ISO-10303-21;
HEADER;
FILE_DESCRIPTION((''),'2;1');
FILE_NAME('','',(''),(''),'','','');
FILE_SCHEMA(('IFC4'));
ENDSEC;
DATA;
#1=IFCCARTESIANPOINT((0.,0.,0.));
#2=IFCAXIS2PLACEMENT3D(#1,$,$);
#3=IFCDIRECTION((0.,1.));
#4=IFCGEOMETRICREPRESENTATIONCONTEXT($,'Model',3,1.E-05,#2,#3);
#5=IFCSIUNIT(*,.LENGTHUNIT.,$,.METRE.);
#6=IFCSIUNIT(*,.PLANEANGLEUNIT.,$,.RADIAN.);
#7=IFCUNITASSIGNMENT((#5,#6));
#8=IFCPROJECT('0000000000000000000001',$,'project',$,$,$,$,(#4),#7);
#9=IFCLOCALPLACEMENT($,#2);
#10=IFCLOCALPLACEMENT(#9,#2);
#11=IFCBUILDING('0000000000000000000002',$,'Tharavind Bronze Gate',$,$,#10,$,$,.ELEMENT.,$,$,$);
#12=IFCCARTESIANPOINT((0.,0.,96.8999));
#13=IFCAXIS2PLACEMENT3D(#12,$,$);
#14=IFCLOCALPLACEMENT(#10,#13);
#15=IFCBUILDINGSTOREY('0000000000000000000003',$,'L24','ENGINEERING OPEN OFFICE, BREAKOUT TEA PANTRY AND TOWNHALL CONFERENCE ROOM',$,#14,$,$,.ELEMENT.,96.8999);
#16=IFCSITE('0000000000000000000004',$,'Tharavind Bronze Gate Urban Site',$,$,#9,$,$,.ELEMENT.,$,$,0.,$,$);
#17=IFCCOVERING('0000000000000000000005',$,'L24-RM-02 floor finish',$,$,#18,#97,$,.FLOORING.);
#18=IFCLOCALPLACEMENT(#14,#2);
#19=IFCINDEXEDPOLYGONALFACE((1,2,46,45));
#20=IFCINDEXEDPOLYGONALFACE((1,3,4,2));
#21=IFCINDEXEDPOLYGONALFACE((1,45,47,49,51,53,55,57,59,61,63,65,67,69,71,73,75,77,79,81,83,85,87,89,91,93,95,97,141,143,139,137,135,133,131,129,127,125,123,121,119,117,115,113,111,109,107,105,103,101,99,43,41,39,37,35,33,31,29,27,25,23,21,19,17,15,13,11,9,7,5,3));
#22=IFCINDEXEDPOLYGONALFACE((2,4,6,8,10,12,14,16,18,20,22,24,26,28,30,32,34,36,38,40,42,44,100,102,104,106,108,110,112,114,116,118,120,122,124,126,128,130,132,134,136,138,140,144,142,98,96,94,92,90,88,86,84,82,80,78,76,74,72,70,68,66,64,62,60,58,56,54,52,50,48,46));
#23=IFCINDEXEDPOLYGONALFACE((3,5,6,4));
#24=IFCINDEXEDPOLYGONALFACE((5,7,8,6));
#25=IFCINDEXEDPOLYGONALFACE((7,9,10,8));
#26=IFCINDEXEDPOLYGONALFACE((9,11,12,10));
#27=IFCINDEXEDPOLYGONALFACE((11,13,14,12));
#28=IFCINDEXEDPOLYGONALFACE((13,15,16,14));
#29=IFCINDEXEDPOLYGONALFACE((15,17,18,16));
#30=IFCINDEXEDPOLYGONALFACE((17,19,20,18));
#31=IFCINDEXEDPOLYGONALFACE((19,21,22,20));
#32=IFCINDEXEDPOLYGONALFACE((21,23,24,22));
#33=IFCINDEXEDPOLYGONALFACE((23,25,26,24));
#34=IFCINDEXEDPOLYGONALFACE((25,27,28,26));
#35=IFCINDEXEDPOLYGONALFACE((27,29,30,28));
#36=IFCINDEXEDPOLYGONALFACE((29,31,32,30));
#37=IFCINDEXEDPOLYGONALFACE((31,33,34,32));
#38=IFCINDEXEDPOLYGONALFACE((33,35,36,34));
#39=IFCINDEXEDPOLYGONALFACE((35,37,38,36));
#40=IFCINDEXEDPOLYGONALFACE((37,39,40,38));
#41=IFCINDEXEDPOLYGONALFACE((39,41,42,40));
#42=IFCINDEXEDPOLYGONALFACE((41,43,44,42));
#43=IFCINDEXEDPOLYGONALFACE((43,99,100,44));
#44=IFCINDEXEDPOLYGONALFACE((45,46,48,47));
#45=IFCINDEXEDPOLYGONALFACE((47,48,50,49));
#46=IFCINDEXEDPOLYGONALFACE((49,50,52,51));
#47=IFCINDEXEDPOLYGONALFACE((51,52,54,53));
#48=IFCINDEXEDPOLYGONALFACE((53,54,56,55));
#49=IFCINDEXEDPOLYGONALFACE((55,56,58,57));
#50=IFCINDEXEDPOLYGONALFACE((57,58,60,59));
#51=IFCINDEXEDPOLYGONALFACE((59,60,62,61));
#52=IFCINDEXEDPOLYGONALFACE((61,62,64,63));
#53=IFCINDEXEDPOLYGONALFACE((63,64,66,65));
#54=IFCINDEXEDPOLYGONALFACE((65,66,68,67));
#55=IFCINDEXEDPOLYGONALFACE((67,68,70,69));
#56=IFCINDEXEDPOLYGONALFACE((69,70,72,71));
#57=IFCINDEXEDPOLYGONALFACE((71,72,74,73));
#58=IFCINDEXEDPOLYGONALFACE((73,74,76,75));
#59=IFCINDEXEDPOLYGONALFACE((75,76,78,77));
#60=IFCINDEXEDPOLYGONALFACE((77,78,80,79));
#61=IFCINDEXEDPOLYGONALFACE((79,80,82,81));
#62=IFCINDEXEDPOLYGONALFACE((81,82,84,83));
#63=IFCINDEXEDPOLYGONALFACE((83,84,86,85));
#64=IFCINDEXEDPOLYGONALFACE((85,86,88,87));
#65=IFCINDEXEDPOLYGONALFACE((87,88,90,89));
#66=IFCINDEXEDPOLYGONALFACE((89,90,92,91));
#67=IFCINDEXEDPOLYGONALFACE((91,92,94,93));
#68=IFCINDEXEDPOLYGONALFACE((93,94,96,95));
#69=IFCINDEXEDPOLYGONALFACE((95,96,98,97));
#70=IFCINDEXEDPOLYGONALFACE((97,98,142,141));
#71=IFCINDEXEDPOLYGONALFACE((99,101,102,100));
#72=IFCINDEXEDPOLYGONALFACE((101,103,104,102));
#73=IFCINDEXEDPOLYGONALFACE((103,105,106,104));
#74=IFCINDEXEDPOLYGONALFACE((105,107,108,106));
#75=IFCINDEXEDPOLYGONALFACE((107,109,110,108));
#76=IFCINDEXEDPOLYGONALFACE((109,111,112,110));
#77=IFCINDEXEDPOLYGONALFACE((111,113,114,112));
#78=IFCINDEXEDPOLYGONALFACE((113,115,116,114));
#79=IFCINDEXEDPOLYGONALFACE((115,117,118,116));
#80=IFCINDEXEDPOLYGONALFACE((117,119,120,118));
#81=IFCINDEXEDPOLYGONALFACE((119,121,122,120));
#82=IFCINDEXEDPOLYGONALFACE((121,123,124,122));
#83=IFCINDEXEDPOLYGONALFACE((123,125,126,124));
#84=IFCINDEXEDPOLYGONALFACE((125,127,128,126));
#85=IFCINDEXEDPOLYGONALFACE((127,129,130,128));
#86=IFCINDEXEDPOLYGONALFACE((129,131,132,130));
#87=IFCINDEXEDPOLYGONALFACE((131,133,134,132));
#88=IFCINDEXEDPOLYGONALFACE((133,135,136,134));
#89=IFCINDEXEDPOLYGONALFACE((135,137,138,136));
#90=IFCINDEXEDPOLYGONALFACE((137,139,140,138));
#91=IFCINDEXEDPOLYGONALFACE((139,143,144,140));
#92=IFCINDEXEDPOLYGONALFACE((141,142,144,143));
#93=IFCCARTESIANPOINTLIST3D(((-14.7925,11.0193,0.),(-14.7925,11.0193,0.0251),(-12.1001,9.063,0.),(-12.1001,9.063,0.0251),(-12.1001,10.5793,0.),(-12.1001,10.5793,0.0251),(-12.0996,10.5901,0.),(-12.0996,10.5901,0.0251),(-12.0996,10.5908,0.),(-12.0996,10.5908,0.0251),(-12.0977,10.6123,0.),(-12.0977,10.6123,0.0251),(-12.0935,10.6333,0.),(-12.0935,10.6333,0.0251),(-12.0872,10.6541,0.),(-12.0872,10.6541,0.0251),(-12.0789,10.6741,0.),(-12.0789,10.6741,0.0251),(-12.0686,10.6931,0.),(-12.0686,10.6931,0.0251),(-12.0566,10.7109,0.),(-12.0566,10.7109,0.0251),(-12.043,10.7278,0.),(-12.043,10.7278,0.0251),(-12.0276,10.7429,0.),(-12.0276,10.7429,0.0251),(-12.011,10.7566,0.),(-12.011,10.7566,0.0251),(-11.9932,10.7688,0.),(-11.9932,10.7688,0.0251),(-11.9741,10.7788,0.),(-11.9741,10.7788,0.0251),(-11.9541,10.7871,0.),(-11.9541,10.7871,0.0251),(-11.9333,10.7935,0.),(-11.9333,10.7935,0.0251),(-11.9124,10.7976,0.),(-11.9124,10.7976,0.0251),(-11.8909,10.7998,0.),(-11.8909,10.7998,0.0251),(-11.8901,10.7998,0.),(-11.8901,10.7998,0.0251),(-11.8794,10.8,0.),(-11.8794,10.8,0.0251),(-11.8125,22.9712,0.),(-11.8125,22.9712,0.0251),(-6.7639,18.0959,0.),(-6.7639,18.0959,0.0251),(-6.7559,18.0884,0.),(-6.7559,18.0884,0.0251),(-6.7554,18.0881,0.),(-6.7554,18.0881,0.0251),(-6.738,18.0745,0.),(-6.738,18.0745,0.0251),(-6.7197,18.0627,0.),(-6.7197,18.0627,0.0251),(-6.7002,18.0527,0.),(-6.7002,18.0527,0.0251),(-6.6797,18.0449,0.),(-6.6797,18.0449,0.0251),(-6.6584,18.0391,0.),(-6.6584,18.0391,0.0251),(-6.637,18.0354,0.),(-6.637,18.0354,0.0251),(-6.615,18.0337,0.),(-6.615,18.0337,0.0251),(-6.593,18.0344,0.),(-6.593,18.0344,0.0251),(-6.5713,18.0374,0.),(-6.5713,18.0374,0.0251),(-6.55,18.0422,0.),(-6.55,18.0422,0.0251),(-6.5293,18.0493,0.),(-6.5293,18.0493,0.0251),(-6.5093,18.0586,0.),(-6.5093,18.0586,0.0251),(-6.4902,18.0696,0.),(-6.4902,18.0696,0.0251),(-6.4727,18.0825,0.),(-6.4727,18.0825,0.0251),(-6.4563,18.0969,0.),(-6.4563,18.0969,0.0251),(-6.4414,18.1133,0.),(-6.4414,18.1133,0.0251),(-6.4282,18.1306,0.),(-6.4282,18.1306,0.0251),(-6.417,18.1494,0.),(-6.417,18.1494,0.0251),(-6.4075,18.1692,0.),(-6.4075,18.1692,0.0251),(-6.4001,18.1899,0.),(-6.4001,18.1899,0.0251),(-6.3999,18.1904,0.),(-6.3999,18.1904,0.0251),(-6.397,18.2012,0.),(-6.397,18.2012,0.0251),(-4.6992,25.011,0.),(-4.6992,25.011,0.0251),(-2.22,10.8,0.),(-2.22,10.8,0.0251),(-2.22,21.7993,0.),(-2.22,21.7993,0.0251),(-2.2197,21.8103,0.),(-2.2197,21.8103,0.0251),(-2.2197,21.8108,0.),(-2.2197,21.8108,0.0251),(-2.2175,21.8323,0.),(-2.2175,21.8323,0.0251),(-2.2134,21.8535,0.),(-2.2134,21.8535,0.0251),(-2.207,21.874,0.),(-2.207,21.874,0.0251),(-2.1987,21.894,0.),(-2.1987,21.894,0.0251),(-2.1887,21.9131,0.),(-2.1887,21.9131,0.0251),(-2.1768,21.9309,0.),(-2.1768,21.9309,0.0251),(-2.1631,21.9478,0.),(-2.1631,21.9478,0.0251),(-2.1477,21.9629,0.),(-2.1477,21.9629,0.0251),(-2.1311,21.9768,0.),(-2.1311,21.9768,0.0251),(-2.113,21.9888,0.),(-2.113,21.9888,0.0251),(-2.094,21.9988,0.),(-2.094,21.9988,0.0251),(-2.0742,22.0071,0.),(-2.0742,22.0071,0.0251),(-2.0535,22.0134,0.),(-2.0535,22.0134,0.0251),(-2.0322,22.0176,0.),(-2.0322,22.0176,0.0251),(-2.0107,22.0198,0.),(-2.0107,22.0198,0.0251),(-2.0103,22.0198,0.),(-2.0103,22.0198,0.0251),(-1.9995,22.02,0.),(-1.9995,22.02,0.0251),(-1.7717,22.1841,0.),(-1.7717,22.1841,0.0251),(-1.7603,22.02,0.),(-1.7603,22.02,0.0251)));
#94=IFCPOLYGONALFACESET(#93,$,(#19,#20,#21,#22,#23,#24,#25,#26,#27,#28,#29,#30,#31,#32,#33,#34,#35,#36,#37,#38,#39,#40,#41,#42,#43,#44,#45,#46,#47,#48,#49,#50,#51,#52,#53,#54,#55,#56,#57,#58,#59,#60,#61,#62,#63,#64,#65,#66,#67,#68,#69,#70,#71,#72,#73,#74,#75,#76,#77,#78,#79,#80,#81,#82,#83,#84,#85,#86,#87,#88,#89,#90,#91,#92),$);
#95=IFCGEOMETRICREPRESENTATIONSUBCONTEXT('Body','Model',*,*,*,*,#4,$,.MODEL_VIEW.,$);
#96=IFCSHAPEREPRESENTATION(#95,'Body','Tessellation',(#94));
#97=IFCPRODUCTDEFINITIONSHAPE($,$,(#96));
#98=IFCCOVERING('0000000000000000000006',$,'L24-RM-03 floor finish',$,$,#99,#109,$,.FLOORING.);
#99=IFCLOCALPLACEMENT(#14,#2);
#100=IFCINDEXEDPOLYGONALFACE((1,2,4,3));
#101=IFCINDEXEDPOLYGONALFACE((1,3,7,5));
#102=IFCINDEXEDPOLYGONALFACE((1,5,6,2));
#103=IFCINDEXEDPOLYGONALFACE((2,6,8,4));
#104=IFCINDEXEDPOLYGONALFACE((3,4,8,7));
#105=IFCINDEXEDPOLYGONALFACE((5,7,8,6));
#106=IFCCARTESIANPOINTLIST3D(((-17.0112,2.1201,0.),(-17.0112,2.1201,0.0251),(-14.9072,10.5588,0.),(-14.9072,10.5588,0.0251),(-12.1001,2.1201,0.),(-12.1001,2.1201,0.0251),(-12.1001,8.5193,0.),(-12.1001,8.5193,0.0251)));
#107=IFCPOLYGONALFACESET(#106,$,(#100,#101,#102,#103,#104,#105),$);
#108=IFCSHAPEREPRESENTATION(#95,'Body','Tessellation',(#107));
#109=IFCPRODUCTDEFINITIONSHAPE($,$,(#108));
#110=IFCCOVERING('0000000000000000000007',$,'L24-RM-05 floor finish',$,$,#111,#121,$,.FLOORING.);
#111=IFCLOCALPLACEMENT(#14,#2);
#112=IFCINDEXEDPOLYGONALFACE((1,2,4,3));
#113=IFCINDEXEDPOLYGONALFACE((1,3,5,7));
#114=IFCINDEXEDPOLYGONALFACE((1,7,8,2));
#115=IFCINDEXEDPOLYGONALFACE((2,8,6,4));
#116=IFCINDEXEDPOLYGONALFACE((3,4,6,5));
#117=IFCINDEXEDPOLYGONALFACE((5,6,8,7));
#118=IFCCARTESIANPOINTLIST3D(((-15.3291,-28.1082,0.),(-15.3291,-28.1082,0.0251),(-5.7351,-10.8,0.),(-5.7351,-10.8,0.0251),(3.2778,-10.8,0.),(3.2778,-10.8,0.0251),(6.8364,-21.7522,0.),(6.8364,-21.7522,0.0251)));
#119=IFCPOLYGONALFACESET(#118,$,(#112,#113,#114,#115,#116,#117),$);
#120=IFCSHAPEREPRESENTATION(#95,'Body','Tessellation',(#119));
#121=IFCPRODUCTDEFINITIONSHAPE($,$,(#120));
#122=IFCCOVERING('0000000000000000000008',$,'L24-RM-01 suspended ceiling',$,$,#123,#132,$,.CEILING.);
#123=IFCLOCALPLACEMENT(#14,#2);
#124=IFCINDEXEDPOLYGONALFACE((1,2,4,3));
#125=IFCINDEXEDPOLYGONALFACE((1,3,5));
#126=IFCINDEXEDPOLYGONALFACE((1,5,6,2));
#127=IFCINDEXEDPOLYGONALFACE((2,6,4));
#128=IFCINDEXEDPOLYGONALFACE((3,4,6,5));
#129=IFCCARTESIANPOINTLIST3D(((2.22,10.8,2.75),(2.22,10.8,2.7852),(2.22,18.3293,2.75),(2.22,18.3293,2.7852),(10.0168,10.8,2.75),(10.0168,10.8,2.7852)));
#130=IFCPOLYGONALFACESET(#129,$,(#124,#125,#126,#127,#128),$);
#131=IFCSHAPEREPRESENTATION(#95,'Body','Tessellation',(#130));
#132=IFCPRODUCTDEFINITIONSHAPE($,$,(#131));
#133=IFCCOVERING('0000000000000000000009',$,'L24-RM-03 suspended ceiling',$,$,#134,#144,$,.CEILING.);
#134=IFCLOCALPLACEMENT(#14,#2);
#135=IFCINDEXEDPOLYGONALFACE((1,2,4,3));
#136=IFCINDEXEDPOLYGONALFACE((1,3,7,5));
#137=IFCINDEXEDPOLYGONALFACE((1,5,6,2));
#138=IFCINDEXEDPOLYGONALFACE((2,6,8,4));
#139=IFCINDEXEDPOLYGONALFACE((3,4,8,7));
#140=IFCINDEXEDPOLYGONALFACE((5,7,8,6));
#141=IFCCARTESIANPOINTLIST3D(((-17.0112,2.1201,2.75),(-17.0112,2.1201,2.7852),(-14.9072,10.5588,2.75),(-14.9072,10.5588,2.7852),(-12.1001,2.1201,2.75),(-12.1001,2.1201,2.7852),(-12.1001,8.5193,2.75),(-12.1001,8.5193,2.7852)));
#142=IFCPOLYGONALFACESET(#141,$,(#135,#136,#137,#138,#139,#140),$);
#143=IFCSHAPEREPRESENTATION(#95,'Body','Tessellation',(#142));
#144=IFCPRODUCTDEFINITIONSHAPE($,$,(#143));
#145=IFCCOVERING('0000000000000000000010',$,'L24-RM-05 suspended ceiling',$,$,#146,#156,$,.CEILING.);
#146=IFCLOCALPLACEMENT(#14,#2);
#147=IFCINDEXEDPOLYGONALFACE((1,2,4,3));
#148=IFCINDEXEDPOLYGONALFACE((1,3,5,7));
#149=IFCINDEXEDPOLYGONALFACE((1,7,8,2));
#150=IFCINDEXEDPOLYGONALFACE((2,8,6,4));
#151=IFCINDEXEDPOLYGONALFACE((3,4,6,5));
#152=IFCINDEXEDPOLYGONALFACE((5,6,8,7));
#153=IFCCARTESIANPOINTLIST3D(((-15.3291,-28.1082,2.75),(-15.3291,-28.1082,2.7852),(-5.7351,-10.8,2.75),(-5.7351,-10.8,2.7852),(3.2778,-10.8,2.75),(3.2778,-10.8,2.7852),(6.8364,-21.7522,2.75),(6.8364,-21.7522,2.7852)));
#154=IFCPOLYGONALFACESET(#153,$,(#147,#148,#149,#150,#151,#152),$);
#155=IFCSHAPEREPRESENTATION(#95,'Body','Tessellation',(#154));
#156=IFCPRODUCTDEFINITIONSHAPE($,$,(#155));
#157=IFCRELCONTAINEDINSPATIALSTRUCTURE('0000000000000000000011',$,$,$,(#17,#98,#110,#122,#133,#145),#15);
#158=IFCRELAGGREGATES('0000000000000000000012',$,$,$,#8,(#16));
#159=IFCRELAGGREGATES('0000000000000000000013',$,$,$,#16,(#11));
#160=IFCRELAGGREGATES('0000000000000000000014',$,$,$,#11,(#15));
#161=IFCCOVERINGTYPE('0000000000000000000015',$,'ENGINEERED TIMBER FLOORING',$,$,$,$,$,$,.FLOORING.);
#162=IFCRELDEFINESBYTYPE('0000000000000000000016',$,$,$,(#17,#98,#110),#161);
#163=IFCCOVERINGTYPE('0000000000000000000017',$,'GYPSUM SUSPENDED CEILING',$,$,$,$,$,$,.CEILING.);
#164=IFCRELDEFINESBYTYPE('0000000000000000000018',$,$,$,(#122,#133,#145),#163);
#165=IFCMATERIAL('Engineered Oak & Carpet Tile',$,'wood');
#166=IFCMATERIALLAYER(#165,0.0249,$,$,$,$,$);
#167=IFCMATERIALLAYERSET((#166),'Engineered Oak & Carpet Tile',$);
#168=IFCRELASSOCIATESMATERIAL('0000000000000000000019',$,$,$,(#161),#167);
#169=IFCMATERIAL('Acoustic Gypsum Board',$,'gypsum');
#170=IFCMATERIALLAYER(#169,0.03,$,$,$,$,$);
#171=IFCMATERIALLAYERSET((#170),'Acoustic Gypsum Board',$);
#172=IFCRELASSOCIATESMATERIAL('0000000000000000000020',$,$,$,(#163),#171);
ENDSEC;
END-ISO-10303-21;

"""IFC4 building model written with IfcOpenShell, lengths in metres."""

from ifc_helpers import new_model, si_unit, direction, frame, origin, place, context, subcontext, project, spatial, polyline, outline, extrude, material, layer, layer_set, type_object, element, save


model = new_model("IFC4")

# Units and contexts
model_context = context("Model", 3, precision=1e-05, world=origin(), true_north=direction((0.0, 1.0)))
body_context = subcontext(model_context, "Body", "Model", "MODEL_VIEW")
ifc_project = project(units=[si_unit("LENGTHUNIT", "METRE"), si_unit("PLANEANGLEUNIT", "RADIAN")], contexts=[model_context])

# Site, building, storey
site_placement = place(None, origin())
site = spatial("IfcSite", under=ifc_project, at=site_placement, Name="Tharavind Bronze Gate Urban Site", CompositionType="ELEMENT", RefElevation=0.0)
building_placement = place(site_placement, origin())
building = spatial("IfcBuilding", under=site, at=building_placement, Name="Tharavind Bronze Gate", CompositionType="ELEMENT")
storey_placement = place(building_placement, frame((0.0, 0.0, 96.8999)))
storey = spatial("IfcBuildingStorey", under=building, at=storey_placement, Name="L24", Description="ENGINEERING OPEN OFFICE, BREAKOUT TEA PANTRY AND TOWNHALL CONFERENCE ROOM", CompositionType="ELEMENT", Elevation=96.8999)

# Coverings
ifc_material_1 = material(Name="Engineered Oak & Carpet Tile", Category="wood")
ifc_layer_1 = layer(ifc_material_1, 0.0249)
ifc_layer_set_1 = layer_set([ifc_layer_1], Name="Engineered Oak & Carpet Tile")
covering_type_1 = type_object("IfcCoveringType", Name="ENGINEERED TIMBER FLOORING", PredefinedType="FLOORING", material=ifc_layer_set_1)
covering_1_placement = place(storey_placement, origin())
element("IfcCovering", 1, at=covering_1_placement, inside=storey, type_object=covering_type_1, Name="L24-RM-02 floor finish", PredefinedType="FLOORING", context=body_context, shape_type="SweptSolid", body=[
    extrude(outline(polyline([(-12.1001, 9.063), (-12.1001, 10.5793), (-12.0996, 10.5901), (-12.0996, 10.5908), (-12.0977, 10.6123), (-12.0935, 10.6333), (-12.0872, 10.6541), (-12.0789, 10.6741), (-12.0686, 10.6931), (-12.0566, 10.7109), (-12.043, 10.7278), (-12.0276, 10.7429), (-12.011, 10.7566), (-11.9932, 10.7688), (-11.9741, 10.7788), (-11.9541, 10.7871), (-11.9333, 10.7935), (-11.9124, 10.7976), (-11.8909, 10.7998), (-11.8901, 10.7998), (-11.8794, 10.8), (-2.22, 10.8), (-2.22, 21.7993), (-2.2197, 21.8103), (-2.2197, 21.8108), (-2.2175, 21.8323), (-2.2134, 21.8535), (-2.207, 21.874), (-2.1987, 21.894), (-2.1887, 21.9131), (-2.1768, 21.9309), (-2.1631, 21.9478), (-2.1477, 21.9629), (-2.1311, 21.9768), (-2.113, 21.9888), (-2.094, 21.9988), (-2.0742, 22.0071), (-2.0535, 22.0134), (-2.0322, 22.0176), (-2.0107, 22.0198), (-2.0103, 22.0198), (-1.9995, 22.02), (-1.7603, 22.02), (-1.7717, 22.1841), (-4.6992, 25.011), (-6.397, 18.2012), (-6.3999, 18.1904), (-6.4001, 18.1899), (-6.4075, 18.1692), (-6.417, 18.1494), (-6.4282, 18.1306), (-6.4414, 18.1133), (-6.4563, 18.0969), (-6.4727, 18.0825), (-6.4902, 18.0696), (-6.5093, 18.0586), (-6.5293, 18.0493), (-6.55, 18.0422), (-6.5713, 18.0374), (-6.593, 18.0344), (-6.615, 18.0337), (-6.637, 18.0354), (-6.6584, 18.0391), (-6.6797, 18.0449), (-6.7002, 18.0527), (-6.7197, 18.0627), (-6.738, 18.0745), (-6.7554, 18.0881), (-6.7559, 18.0884), (-6.7639, 18.0959), (-11.8125, 22.9712), (-14.7925, 11.0193), (-12.1001, 9.063)])), origin(), (0.0, 0.0, 1.0), 0.0251),
])
covering_2_placement = place(storey_placement, origin())
element("IfcCovering", 2, at=covering_2_placement, inside=storey, type_object=covering_type_1, Name="L24-RM-03 floor finish", PredefinedType="FLOORING", context=body_context, shape_type="SweptSolid", body=[
    extrude(outline(polyline([(-12.1001, 2.1201), (-12.1001, 8.5193), (-14.9072, 10.5588), (-17.0112, 2.1201), (-12.1001, 2.1201)])), origin(), (0.0, 0.0, 1.0), 0.0251),
])
covering_3_placement = place(storey_placement, origin())
element("IfcCovering", 3, at=covering_3_placement, inside=storey, type_object=covering_type_1, Name="L24-RM-05 floor finish", PredefinedType="FLOORING", context=body_context, shape_type="SweptSolid", body=[
    extrude(outline(polyline([(6.8364, -21.7522), (3.2778, -10.8), (-5.7351, -10.8), (-15.3291, -28.1082), (6.8364, -21.7522)])), origin(), (0.0, 0.0, 1.0), 0.0251),
])
ifc_material_2 = material(Name="Acoustic Gypsum Board", Category="gypsum")
ifc_layer_2 = layer(ifc_material_2, 0.03)
ifc_layer_set_2 = layer_set([ifc_layer_2], Name="Acoustic Gypsum Board")
covering_type_2 = type_object("IfcCoveringType", Name="GYPSUM SUSPENDED CEILING", PredefinedType="CEILING", material=ifc_layer_set_2)
covering_4_placement = place(storey_placement, frame((0.0, 0.0, 2.75)))
element("IfcCovering", 4, at=covering_4_placement, inside=storey, type_object=covering_type_2, Name="L24-RM-01 suspended ceiling", PredefinedType="CEILING", context=body_context, shape_type="SweptSolid", body=[
    extrude(outline(polyline([(2.22, 10.8), (10.0168, 10.8), (2.22, 18.3293), (2.22, 10.8)])), origin(), (0.0, 0.0, 1.0), 0.0352),
])
covering_5_placement = place(storey_placement, frame((0.0, 0.0, 2.75)))
element("IfcCovering", 5, at=covering_5_placement, inside=storey, type_object=covering_type_2, Name="L24-RM-03 suspended ceiling", PredefinedType="CEILING", context=body_context, shape_type="SweptSolid", body=[
    extrude(outline(polyline([(-12.1001, 2.1201), (-12.1001, 8.5193), (-14.9072, 10.5588), (-17.0112, 2.1201), (-12.1001, 2.1201)])), origin(), (0.0, 0.0, 1.0), 0.0352),
])
covering_6_placement = place(storey_placement, frame((0.0, 0.0, 2.75)))
element("IfcCovering", 6, at=covering_6_placement, inside=storey, type_object=covering_type_2, Name="L24-RM-05 suspended ceiling", PredefinedType="CEILING", context=body_context, shape_type="SweptSolid", body=[
    extrude(outline(polyline([(6.8364, -21.7522), (3.2778, -10.8), (-5.7351, -10.8), (-15.3291, -28.1082), (6.8364, -21.7522)])), origin(), (0.0, 0.0, 1.0), 0.0352),
])

save(model, "model.ifc")
